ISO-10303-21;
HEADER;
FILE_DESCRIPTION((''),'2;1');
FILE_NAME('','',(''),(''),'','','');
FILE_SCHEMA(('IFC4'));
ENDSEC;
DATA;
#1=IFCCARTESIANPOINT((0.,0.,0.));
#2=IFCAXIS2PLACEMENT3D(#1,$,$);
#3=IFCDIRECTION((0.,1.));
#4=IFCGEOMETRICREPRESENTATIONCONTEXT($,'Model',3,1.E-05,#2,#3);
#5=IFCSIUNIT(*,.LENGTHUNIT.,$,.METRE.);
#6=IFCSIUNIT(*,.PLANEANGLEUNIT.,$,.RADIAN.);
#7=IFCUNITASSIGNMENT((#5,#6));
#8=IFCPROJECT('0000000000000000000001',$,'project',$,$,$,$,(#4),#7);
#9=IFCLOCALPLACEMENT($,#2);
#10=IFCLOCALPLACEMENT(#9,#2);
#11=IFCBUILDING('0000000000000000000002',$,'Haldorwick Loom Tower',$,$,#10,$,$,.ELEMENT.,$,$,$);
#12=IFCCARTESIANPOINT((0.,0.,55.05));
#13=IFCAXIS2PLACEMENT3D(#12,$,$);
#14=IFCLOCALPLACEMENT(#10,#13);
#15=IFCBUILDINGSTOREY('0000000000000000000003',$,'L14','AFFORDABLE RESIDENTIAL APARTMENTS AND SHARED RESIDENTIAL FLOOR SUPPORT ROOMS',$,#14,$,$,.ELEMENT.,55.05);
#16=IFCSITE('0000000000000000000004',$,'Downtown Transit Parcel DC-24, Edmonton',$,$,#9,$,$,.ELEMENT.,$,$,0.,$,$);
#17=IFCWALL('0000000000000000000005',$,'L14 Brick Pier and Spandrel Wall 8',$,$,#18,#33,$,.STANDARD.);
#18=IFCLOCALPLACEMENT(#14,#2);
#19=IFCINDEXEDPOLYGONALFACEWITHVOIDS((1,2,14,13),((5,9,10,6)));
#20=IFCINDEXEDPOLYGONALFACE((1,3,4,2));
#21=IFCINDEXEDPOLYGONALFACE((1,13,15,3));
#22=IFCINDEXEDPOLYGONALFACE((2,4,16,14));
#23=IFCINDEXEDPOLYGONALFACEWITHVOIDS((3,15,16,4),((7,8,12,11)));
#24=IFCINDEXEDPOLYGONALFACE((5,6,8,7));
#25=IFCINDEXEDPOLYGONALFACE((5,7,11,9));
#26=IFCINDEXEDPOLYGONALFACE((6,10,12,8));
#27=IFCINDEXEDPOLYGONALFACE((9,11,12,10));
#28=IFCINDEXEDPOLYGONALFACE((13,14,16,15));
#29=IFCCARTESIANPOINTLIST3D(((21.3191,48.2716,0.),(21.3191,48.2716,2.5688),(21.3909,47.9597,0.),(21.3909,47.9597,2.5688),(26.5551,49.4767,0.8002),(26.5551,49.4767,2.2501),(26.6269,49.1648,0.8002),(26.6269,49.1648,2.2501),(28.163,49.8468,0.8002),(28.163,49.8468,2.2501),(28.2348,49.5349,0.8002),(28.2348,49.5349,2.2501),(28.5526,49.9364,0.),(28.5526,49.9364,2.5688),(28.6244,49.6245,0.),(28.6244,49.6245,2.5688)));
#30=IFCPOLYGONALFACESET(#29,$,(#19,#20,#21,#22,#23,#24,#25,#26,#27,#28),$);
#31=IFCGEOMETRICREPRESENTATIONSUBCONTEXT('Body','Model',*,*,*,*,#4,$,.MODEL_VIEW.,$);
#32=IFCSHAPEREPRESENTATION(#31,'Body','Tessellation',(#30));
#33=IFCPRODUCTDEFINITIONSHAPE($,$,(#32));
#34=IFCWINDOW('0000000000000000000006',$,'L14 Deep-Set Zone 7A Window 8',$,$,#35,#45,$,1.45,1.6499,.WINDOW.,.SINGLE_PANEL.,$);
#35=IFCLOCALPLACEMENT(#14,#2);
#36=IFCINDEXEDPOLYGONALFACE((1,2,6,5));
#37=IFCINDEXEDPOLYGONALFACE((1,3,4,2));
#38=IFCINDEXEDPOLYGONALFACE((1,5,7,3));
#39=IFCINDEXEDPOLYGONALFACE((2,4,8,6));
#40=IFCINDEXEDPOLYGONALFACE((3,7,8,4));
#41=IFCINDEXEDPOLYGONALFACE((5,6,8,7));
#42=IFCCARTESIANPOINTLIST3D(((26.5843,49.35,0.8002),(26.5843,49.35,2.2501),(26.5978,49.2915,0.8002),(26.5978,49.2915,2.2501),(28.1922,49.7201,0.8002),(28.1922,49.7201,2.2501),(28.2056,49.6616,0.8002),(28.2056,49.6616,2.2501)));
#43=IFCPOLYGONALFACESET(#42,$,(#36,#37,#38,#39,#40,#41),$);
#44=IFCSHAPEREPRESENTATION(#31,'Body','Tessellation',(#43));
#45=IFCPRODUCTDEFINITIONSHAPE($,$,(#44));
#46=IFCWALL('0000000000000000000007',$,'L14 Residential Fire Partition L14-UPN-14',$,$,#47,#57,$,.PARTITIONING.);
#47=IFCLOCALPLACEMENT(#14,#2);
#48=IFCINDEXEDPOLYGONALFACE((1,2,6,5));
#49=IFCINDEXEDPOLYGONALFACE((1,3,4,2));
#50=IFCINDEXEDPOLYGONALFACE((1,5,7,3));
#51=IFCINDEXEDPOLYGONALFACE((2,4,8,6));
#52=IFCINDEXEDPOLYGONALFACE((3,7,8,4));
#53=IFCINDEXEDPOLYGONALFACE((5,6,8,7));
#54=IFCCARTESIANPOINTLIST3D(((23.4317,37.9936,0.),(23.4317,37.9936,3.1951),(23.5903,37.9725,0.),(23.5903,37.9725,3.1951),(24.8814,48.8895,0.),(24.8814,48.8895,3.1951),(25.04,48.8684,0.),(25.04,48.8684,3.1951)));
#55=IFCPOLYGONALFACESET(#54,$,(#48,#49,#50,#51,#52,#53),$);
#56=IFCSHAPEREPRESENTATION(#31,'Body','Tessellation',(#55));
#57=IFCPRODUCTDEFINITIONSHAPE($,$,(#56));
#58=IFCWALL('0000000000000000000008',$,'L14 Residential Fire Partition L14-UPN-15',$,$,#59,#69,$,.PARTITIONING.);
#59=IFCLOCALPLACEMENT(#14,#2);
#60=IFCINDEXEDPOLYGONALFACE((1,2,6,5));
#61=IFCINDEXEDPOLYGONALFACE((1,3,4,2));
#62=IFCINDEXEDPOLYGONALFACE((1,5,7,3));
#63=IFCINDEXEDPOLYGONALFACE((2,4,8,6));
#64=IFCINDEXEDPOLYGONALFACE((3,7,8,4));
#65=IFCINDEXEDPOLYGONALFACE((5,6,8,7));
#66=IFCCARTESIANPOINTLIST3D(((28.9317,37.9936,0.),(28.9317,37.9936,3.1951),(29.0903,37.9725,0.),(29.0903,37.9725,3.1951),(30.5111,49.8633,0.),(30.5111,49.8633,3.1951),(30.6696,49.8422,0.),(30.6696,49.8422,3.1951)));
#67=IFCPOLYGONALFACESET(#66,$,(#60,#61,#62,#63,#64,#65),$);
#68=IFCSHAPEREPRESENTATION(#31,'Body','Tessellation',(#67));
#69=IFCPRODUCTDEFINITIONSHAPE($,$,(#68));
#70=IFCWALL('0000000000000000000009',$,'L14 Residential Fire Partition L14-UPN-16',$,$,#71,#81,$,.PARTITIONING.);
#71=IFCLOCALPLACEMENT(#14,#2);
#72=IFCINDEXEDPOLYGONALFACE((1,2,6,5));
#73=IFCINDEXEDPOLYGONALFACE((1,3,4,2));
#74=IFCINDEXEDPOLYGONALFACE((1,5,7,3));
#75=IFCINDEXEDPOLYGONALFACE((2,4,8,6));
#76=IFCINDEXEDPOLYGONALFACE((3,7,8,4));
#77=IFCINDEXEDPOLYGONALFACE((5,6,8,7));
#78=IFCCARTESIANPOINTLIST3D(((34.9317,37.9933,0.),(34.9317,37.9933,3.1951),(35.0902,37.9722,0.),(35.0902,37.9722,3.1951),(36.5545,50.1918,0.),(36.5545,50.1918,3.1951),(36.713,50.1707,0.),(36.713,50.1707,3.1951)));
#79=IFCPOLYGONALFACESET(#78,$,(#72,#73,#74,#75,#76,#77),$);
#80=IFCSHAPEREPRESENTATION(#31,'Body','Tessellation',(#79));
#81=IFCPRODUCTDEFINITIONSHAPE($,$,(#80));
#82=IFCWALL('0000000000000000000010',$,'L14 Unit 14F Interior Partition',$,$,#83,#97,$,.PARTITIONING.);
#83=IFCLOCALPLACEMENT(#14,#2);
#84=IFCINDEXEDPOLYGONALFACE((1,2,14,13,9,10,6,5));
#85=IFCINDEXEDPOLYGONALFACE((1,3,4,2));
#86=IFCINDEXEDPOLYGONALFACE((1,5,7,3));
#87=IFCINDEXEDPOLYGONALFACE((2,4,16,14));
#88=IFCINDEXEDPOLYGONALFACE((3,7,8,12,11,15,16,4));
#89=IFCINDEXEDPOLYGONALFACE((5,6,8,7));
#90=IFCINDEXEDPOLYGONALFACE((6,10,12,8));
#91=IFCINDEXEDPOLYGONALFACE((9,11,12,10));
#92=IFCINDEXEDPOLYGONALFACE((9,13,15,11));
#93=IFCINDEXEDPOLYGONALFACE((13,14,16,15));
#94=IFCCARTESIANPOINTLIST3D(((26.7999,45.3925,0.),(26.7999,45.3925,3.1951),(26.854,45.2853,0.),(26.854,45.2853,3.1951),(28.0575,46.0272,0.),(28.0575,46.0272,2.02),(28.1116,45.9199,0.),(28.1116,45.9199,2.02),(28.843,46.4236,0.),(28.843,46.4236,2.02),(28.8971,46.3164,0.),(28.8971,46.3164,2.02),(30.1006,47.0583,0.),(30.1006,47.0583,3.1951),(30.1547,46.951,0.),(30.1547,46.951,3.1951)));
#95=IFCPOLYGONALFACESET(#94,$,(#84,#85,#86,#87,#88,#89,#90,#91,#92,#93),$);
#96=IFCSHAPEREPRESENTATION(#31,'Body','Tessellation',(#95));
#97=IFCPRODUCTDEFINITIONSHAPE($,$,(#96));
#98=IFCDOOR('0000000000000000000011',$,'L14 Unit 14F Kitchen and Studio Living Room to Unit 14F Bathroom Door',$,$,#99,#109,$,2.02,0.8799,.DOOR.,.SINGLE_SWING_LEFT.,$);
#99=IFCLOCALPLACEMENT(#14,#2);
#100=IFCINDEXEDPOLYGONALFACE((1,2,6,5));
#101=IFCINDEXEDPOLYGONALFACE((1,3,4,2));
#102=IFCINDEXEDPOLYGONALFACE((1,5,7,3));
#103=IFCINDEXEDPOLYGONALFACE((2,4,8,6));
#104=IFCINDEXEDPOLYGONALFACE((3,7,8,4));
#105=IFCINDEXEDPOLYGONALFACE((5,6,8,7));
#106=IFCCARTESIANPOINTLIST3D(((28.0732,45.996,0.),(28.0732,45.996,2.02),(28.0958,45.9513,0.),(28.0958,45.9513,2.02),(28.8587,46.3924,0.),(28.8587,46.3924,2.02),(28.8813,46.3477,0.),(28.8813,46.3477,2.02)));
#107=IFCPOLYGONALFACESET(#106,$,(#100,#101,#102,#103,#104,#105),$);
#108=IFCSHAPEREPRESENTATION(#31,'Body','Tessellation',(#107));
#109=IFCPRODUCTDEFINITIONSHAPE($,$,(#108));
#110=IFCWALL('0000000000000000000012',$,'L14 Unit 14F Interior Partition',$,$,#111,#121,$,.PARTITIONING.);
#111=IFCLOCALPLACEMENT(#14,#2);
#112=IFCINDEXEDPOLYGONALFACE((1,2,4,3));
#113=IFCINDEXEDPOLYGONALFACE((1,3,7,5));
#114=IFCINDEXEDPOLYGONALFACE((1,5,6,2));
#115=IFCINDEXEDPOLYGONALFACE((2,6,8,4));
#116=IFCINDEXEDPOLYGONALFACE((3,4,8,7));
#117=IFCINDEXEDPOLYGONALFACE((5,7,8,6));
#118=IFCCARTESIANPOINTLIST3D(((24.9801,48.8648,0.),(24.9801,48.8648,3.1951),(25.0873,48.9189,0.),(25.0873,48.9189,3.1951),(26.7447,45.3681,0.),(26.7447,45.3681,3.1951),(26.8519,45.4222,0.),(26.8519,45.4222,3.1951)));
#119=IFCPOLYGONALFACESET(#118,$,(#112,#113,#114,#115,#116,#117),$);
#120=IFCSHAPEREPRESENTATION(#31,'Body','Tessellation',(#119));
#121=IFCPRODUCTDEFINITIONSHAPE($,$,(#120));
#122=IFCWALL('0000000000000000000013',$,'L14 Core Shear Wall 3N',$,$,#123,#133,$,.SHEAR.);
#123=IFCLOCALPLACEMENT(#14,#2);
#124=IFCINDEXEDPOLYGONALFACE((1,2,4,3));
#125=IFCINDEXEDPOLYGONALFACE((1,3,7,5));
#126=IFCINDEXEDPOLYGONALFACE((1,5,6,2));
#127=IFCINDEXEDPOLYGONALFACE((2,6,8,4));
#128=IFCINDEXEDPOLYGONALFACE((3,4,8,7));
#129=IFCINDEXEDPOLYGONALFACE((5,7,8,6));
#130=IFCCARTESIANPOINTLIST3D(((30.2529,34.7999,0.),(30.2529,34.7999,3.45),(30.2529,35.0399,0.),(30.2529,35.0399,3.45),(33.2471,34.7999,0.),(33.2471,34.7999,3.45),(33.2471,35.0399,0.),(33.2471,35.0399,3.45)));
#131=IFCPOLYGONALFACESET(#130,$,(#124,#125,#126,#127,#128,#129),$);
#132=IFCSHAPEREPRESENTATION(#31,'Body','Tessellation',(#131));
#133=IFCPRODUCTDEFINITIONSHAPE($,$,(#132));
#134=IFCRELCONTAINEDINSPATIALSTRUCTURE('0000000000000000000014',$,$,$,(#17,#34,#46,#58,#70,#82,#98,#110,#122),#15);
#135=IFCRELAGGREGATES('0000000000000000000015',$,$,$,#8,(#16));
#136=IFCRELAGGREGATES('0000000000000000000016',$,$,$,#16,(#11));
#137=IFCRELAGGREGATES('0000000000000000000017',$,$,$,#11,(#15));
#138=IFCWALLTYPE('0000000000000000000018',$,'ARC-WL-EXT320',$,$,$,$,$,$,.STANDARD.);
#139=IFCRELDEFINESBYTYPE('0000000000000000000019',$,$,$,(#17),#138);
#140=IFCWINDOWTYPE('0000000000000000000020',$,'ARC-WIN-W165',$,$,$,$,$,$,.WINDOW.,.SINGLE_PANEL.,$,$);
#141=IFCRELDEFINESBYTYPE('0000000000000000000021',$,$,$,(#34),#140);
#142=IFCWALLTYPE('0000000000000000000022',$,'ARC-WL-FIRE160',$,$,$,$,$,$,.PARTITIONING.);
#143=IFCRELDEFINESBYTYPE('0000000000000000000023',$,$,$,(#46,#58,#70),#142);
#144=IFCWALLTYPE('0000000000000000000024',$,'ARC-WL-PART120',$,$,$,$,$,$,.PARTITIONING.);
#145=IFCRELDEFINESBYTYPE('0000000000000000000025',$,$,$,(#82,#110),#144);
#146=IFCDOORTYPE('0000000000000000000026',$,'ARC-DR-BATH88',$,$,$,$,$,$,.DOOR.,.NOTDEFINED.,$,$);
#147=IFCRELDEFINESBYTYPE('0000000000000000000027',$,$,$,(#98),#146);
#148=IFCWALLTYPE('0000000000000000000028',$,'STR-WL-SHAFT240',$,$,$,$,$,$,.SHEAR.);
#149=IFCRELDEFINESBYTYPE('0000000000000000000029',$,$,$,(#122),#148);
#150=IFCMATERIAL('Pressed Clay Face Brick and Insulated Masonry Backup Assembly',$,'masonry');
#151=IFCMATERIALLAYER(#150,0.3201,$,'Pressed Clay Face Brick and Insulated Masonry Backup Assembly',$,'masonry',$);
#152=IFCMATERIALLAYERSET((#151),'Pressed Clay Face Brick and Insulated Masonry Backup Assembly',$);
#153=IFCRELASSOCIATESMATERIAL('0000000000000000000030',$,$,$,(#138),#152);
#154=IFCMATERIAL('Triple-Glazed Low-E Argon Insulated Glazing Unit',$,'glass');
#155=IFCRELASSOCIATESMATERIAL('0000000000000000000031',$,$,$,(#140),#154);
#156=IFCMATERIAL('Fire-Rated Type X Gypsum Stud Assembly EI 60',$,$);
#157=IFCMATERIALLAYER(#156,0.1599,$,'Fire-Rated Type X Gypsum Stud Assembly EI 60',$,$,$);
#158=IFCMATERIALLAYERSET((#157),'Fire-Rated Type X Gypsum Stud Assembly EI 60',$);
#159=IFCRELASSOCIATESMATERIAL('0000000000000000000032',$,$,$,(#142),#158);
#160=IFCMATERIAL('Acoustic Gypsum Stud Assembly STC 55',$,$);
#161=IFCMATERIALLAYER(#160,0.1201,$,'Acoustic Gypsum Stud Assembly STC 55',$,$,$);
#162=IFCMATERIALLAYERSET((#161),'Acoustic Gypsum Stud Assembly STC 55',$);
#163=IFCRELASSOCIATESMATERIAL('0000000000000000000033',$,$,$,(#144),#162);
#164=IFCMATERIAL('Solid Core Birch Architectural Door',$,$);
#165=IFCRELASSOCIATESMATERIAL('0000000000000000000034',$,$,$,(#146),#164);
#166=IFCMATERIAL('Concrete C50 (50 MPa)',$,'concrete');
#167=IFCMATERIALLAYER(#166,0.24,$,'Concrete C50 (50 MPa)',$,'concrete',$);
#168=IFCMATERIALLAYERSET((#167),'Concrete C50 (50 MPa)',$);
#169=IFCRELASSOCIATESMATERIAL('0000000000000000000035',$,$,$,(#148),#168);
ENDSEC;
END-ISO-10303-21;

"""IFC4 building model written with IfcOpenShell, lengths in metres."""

from ifc_helpers import new_model, si_unit, direction, frame, frame_2d, origin, place, context, subcontext, project, spatial, rectangle, extrude, material, layer, layer_set, type_object, element, fill, save


model = new_model("IFC4")

# Units and contexts
model_context = context("Model", 3, precision=1e-05, world=origin(), true_north=direction((0.0, 1.0)))
body_context = subcontext(model_context, "Body", "Model", "MODEL_VIEW")
ifc_project = project(units=[si_unit("LENGTHUNIT", "METRE"), si_unit("PLANEANGLEUNIT", "RADIAN")], contexts=[model_context])

# Site, building, storey
site_placement = place(None, origin())
site = spatial("IfcSite", under=ifc_project, at=site_placement, Name="Downtown Transit Parcel DC-24, Edmonton", CompositionType="ELEMENT", RefElevation=0.0)
building_placement = place(site_placement, origin())
building = spatial("IfcBuilding", under=site, at=building_placement, Name="Haldorwick Loom Tower", CompositionType="ELEMENT")
storey_placement = place(building_placement, frame((0.0, 0.0, 55.05)))
storey = spatial("IfcBuildingStorey", under=building, at=storey_placement, Name="L14", Description="AFFORDABLE RESIDENTIAL APARTMENTS AND SHARED RESIDENTIAL FLOOR SUPPORT ROOMS", CompositionType="ELEMENT", Elevation=55.05)

# Wall, opening, window
ifc_material_1 = material(Name="Pressed Clay Face Brick and Insulated Masonry Backup Assembly", Category="masonry")
ifc_layer_1 = layer(ifc_material_1, 0.3201, Name="Pressed Clay Face Brick and Insulated Masonry Backup Assembly", Category="masonry")
ifc_layer_set_1 = layer_set([ifc_layer_1], Name="Pressed Clay Face Brick and Insulated Masonry Backup Assembly")
wall_type_1 = type_object("IfcWallType", Name="ARC-WL-EXT320", PredefinedType="STANDARD", material=ifc_layer_set_1)
wall_1_placement = place(storey_placement, frame((28.5886, 49.7805, 0.0), z_axis=(0.0, 0.0, 1.0), x_axis=(-0.974522, -0.22429, 0.0)))
wall_1 = element("IfcWall", 1, at=wall_1_placement, inside=storey, type_object=wall_type_1, Name="L14 Brick Pier and Spandrel Wall 8", PredefinedType="STANDARD", context=body_context, shape_type="SweptSolid", body=[
    extrude(rectangle(XDim=7.4226, YDim=0.3201, at=frame_2d((3.7114, 0.0))), origin(), (0.0, 0.0, 1.0), 2.5688),
])
opening_1_placement = place(wall_1_placement, frame((0.3999, 0.0, 0.8)))
opening_1 = element("IfcOpeningElement", 2, at=opening_1_placement, cuts=wall_1, PredefinedType="OPENING", context=body_context, shape_type="SweptSolid", body=[
    extrude(rectangle(XDim=1.6499, YDim=1.45, at=frame_2d((0.825, 0.7251))), frame((0.0, 0.1699, 0.0), z_axis=(0.0, -1.0, 0.0), x_axis=(1.0, 0.0, 0.0)), (0.0, 0.0, 1.0), 0.3401),
])
ifc_material_2 = material(Name="Triple-Glazed Low-E Argon Insulated Glazing Unit", Category="glass")
window_type = type_object("IfcWindowType", Name="ARC-WIN-W165", PartitioningType="SINGLE_PANEL", PredefinedType="WINDOW", material=ifc_material_2)
window_placement = place(opening_1_placement, origin())
window = element("IfcWindow", 3, at=window_placement, inside=storey, type_object=window_type, Name="L14 Deep-Set Zone 7A Window 8", OverallHeight=1.45, OverallWidth=1.6499, PartitioningType="SINGLE_PANEL", PredefinedType="WINDOW", context=body_context, shape_type="SweptSolid", body=[
    extrude(rectangle(XDim=1.6499, YDim=1.45, at=frame_2d((0.825, 0.7251))), frame((0.0, 0.03, 0.0), z_axis=(0.0, -1.0, 0.0), x_axis=(1.0, 0.0, 0.0)), (0.0, 0.0, 1.0), 0.0601),
])
fill(opening_1, window)

# Walls
ifc_material_3 = material(Name="Fire-Rated Type X Gypsum Stud Assembly EI 60")
ifc_layer_2 = layer(ifc_material_3, 0.1599, Name="Fire-Rated Type X Gypsum Stud Assembly EI 60")
ifc_layer_set_2 = layer_set([ifc_layer_2], Name="Fire-Rated Type X Gypsum Stud Assembly EI 60")
wall_type_2 = type_object("IfcWallType", Name="ARC-WL-FIRE160", PredefinedType="PARTITIONING", material=ifc_layer_set_2)
wall_2_placement = place(storey_placement, frame((23.511, 37.9829, 0.0), z_axis=(0.0, 0.0, 1.0), x_axis=(0.131887, 0.991265, 0.0)))
element("IfcWall", 4, at=wall_2_placement, inside=storey, type_object=wall_type_2, Name="L14 Residential Fire Partition L14-UPN-14", PredefinedType="PARTITIONING", context=body_context, shape_type="SweptSolid", body=[
    extrude(rectangle(XDim=10.9919, YDim=0.1599, at=frame_2d((5.4961, 0.0))), origin(), (0.0, 0.0, 1.0), 3.1951),
])
wall_3_placement = place(storey_placement, frame((29.011, 37.9829, 0.0), z_axis=(0.0, 0.0, 1.0), x_axis=(0.131893, 0.991264, 0.0)))
element("IfcWall", 5, at=wall_3_placement, inside=storey, type_object=wall_type_2, Name="L14 Residential Fire Partition L14-UPN-15", PredefinedType="PARTITIONING", context=body_context, shape_type="SweptSolid", body=[
    extrude(rectangle(XDim=11.9744, YDim=0.1599, at=frame_2d((5.9873, 0.0))), origin(), (0.0, 0.0, 1.0), 3.1951),
])
wall_4_placement = place(storey_placement, frame((35.011, 37.9829, 0.0), z_axis=(0.0, 0.0, 1.0), x_axis=(0.131871, 0.991267, 0.0)))
element("IfcWall", 6, at=wall_4_placement, inside=storey, type_object=wall_type_2, Name="L14 Residential Fire Partition L14-UPN-16", PredefinedType="PARTITIONING", context=body_context, shape_type="SweptSolid", body=[
    extrude(rectangle(XDim=12.3059, YDim=0.1599, at=frame_2d((6.1528, 0.0))), origin(), (0.0, 0.0, 1.0), 3.1951),
])

# Wall, opening, door
ifc_material_4 = material(Name="Acoustic Gypsum Stud Assembly STC 55")
ifc_layer_3 = layer(ifc_material_4, 0.1201, Name="Acoustic Gypsum Stud Assembly STC 55")
ifc_layer_set_3 = layer_set([ifc_layer_3], Name="Acoustic Gypsum Stud Assembly STC 55")
wall_type_3 = type_object("IfcWallType", Name="ARC-WL-PART120", PredefinedType="PARTITIONING", material=ifc_layer_set_3)
wall_5_placement = place(storey_placement, frame((30.1277, 47.0046, 0.0), z_axis=(0.0, 0.0, 1.0), x_axis=(-0.892757, -0.450539, 0.0)))
wall_5 = element("IfcWall", 7, at=wall_5_placement, inside=storey, type_object=wall_type_3, Name="L14 Unit 14F Interior Partition", PredefinedType="PARTITIONING", context=body_context, shape_type="SweptSolid", body=[
    extrude(rectangle(XDim=3.6973, YDim=0.1201, at=frame_2d((1.8486, 0.0))), origin(), (0.0, 0.0, 1.0), 3.1951),
])
opening_2_placement = place(wall_5_placement, frame((1.4087, 0.0, 0.0)))
opening_2 = element("IfcOpeningElement", 8, at=opening_2_placement, cuts=wall_5, PredefinedType="OPENING", context=body_context, shape_type="SweptSolid", body=[
    extrude(rectangle(XDim=0.8799, YDim=2.02, at=frame_2d((0.4399, 1.01))), frame((0.0, 0.0701, 0.0), z_axis=(0.0, -1.0, 0.0), x_axis=(1.0, 0.0, 0.0)), (0.0, 0.0, 1.0), 0.1401),
])
ifc_material_5 = material(Name="Solid Core Birch Architectural Door")
door_type_1 = type_object("IfcDoorType", Name="ARC-DR-BATH88", OperationType="NOTDEFINED", PredefinedType="DOOR", material=ifc_material_5)
door_1_placement = place(opening_2_placement, origin())
door_1 = element("IfcDoor", 9, at=door_1_placement, inside=storey, type_object=door_type_1, Name="L14 Unit 14F Kitchen and Studio Living Room to Unit 14F Bathroom Door", OperationType="SINGLE_SWING_LEFT", OverallHeight=2.02, OverallWidth=0.8799, PredefinedType="DOOR", context=body_context, shape_type="SweptSolid", body=[
    extrude(rectangle(XDim=0.8799, YDim=2.02, at=frame_2d((0.4399, 1.01))), frame((0.0, 0.0249, 0.0), z_axis=(0.0, -1.0, 0.0), x_axis=(1.0, 0.0, 0.0)), (0.0, 0.0, 1.0), 0.05),
])
fill(opening_2, door_1)

# Walls
wall_6_placement = place(storey_placement, frame((26.7983, 45.395, 0.0), z_axis=(0.0, 0.0, 1.0), x_axis=(-0.450527, 0.892763, 0.0)))
element("IfcWall", 10, at=wall_6_placement, inside=storey, type_object=wall_type_3, Name="L14 Unit 14F Interior Partition", PredefinedType="PARTITIONING", context=body_context, shape_type="SweptSolid", body=[
    extrude(rectangle(XDim=3.9167, YDim=0.1201, at=frame_2d((1.9585, 0.0))), origin(), (0.0, 0.0, 1.0), 3.1951),
])
ifc_material_6 = material(Name="Concrete C50 (50 MPa)", Category="concrete")
ifc_layer_4 = layer(ifc_material_6, 0.24, Name="Concrete C50 (50 MPa)", Category="concrete")
ifc_layer_set_4 = layer_set([ifc_layer_4], Name="Concrete C50 (50 MPa)")
wall_type_4 = type_object("IfcWallType", Name="STR-WL-SHAFT240", PredefinedType="SHEAR", material=ifc_layer_set_4)
wall_7_placement = place(storey_placement, frame((30.2529, 34.9199, 0.0), z_axis=(0.0, 0.0, 1.0), x_axis=(1.0, 0.0, 0.0)))
element("IfcWall", 11, at=wall_7_placement, inside=storey, type_object=wall_type_4, Name="L14 Core Shear Wall 3N", PredefinedType="SHEAR", context=body_context, shape_type="SweptSolid", body=[
    extrude(rectangle(XDim=2.9941, YDim=0.24, at=frame_2d((1.4971, 0.0))), origin(), (0.0, 0.0, 1.0), 3.45),
])

save(model, "model.ifc")
